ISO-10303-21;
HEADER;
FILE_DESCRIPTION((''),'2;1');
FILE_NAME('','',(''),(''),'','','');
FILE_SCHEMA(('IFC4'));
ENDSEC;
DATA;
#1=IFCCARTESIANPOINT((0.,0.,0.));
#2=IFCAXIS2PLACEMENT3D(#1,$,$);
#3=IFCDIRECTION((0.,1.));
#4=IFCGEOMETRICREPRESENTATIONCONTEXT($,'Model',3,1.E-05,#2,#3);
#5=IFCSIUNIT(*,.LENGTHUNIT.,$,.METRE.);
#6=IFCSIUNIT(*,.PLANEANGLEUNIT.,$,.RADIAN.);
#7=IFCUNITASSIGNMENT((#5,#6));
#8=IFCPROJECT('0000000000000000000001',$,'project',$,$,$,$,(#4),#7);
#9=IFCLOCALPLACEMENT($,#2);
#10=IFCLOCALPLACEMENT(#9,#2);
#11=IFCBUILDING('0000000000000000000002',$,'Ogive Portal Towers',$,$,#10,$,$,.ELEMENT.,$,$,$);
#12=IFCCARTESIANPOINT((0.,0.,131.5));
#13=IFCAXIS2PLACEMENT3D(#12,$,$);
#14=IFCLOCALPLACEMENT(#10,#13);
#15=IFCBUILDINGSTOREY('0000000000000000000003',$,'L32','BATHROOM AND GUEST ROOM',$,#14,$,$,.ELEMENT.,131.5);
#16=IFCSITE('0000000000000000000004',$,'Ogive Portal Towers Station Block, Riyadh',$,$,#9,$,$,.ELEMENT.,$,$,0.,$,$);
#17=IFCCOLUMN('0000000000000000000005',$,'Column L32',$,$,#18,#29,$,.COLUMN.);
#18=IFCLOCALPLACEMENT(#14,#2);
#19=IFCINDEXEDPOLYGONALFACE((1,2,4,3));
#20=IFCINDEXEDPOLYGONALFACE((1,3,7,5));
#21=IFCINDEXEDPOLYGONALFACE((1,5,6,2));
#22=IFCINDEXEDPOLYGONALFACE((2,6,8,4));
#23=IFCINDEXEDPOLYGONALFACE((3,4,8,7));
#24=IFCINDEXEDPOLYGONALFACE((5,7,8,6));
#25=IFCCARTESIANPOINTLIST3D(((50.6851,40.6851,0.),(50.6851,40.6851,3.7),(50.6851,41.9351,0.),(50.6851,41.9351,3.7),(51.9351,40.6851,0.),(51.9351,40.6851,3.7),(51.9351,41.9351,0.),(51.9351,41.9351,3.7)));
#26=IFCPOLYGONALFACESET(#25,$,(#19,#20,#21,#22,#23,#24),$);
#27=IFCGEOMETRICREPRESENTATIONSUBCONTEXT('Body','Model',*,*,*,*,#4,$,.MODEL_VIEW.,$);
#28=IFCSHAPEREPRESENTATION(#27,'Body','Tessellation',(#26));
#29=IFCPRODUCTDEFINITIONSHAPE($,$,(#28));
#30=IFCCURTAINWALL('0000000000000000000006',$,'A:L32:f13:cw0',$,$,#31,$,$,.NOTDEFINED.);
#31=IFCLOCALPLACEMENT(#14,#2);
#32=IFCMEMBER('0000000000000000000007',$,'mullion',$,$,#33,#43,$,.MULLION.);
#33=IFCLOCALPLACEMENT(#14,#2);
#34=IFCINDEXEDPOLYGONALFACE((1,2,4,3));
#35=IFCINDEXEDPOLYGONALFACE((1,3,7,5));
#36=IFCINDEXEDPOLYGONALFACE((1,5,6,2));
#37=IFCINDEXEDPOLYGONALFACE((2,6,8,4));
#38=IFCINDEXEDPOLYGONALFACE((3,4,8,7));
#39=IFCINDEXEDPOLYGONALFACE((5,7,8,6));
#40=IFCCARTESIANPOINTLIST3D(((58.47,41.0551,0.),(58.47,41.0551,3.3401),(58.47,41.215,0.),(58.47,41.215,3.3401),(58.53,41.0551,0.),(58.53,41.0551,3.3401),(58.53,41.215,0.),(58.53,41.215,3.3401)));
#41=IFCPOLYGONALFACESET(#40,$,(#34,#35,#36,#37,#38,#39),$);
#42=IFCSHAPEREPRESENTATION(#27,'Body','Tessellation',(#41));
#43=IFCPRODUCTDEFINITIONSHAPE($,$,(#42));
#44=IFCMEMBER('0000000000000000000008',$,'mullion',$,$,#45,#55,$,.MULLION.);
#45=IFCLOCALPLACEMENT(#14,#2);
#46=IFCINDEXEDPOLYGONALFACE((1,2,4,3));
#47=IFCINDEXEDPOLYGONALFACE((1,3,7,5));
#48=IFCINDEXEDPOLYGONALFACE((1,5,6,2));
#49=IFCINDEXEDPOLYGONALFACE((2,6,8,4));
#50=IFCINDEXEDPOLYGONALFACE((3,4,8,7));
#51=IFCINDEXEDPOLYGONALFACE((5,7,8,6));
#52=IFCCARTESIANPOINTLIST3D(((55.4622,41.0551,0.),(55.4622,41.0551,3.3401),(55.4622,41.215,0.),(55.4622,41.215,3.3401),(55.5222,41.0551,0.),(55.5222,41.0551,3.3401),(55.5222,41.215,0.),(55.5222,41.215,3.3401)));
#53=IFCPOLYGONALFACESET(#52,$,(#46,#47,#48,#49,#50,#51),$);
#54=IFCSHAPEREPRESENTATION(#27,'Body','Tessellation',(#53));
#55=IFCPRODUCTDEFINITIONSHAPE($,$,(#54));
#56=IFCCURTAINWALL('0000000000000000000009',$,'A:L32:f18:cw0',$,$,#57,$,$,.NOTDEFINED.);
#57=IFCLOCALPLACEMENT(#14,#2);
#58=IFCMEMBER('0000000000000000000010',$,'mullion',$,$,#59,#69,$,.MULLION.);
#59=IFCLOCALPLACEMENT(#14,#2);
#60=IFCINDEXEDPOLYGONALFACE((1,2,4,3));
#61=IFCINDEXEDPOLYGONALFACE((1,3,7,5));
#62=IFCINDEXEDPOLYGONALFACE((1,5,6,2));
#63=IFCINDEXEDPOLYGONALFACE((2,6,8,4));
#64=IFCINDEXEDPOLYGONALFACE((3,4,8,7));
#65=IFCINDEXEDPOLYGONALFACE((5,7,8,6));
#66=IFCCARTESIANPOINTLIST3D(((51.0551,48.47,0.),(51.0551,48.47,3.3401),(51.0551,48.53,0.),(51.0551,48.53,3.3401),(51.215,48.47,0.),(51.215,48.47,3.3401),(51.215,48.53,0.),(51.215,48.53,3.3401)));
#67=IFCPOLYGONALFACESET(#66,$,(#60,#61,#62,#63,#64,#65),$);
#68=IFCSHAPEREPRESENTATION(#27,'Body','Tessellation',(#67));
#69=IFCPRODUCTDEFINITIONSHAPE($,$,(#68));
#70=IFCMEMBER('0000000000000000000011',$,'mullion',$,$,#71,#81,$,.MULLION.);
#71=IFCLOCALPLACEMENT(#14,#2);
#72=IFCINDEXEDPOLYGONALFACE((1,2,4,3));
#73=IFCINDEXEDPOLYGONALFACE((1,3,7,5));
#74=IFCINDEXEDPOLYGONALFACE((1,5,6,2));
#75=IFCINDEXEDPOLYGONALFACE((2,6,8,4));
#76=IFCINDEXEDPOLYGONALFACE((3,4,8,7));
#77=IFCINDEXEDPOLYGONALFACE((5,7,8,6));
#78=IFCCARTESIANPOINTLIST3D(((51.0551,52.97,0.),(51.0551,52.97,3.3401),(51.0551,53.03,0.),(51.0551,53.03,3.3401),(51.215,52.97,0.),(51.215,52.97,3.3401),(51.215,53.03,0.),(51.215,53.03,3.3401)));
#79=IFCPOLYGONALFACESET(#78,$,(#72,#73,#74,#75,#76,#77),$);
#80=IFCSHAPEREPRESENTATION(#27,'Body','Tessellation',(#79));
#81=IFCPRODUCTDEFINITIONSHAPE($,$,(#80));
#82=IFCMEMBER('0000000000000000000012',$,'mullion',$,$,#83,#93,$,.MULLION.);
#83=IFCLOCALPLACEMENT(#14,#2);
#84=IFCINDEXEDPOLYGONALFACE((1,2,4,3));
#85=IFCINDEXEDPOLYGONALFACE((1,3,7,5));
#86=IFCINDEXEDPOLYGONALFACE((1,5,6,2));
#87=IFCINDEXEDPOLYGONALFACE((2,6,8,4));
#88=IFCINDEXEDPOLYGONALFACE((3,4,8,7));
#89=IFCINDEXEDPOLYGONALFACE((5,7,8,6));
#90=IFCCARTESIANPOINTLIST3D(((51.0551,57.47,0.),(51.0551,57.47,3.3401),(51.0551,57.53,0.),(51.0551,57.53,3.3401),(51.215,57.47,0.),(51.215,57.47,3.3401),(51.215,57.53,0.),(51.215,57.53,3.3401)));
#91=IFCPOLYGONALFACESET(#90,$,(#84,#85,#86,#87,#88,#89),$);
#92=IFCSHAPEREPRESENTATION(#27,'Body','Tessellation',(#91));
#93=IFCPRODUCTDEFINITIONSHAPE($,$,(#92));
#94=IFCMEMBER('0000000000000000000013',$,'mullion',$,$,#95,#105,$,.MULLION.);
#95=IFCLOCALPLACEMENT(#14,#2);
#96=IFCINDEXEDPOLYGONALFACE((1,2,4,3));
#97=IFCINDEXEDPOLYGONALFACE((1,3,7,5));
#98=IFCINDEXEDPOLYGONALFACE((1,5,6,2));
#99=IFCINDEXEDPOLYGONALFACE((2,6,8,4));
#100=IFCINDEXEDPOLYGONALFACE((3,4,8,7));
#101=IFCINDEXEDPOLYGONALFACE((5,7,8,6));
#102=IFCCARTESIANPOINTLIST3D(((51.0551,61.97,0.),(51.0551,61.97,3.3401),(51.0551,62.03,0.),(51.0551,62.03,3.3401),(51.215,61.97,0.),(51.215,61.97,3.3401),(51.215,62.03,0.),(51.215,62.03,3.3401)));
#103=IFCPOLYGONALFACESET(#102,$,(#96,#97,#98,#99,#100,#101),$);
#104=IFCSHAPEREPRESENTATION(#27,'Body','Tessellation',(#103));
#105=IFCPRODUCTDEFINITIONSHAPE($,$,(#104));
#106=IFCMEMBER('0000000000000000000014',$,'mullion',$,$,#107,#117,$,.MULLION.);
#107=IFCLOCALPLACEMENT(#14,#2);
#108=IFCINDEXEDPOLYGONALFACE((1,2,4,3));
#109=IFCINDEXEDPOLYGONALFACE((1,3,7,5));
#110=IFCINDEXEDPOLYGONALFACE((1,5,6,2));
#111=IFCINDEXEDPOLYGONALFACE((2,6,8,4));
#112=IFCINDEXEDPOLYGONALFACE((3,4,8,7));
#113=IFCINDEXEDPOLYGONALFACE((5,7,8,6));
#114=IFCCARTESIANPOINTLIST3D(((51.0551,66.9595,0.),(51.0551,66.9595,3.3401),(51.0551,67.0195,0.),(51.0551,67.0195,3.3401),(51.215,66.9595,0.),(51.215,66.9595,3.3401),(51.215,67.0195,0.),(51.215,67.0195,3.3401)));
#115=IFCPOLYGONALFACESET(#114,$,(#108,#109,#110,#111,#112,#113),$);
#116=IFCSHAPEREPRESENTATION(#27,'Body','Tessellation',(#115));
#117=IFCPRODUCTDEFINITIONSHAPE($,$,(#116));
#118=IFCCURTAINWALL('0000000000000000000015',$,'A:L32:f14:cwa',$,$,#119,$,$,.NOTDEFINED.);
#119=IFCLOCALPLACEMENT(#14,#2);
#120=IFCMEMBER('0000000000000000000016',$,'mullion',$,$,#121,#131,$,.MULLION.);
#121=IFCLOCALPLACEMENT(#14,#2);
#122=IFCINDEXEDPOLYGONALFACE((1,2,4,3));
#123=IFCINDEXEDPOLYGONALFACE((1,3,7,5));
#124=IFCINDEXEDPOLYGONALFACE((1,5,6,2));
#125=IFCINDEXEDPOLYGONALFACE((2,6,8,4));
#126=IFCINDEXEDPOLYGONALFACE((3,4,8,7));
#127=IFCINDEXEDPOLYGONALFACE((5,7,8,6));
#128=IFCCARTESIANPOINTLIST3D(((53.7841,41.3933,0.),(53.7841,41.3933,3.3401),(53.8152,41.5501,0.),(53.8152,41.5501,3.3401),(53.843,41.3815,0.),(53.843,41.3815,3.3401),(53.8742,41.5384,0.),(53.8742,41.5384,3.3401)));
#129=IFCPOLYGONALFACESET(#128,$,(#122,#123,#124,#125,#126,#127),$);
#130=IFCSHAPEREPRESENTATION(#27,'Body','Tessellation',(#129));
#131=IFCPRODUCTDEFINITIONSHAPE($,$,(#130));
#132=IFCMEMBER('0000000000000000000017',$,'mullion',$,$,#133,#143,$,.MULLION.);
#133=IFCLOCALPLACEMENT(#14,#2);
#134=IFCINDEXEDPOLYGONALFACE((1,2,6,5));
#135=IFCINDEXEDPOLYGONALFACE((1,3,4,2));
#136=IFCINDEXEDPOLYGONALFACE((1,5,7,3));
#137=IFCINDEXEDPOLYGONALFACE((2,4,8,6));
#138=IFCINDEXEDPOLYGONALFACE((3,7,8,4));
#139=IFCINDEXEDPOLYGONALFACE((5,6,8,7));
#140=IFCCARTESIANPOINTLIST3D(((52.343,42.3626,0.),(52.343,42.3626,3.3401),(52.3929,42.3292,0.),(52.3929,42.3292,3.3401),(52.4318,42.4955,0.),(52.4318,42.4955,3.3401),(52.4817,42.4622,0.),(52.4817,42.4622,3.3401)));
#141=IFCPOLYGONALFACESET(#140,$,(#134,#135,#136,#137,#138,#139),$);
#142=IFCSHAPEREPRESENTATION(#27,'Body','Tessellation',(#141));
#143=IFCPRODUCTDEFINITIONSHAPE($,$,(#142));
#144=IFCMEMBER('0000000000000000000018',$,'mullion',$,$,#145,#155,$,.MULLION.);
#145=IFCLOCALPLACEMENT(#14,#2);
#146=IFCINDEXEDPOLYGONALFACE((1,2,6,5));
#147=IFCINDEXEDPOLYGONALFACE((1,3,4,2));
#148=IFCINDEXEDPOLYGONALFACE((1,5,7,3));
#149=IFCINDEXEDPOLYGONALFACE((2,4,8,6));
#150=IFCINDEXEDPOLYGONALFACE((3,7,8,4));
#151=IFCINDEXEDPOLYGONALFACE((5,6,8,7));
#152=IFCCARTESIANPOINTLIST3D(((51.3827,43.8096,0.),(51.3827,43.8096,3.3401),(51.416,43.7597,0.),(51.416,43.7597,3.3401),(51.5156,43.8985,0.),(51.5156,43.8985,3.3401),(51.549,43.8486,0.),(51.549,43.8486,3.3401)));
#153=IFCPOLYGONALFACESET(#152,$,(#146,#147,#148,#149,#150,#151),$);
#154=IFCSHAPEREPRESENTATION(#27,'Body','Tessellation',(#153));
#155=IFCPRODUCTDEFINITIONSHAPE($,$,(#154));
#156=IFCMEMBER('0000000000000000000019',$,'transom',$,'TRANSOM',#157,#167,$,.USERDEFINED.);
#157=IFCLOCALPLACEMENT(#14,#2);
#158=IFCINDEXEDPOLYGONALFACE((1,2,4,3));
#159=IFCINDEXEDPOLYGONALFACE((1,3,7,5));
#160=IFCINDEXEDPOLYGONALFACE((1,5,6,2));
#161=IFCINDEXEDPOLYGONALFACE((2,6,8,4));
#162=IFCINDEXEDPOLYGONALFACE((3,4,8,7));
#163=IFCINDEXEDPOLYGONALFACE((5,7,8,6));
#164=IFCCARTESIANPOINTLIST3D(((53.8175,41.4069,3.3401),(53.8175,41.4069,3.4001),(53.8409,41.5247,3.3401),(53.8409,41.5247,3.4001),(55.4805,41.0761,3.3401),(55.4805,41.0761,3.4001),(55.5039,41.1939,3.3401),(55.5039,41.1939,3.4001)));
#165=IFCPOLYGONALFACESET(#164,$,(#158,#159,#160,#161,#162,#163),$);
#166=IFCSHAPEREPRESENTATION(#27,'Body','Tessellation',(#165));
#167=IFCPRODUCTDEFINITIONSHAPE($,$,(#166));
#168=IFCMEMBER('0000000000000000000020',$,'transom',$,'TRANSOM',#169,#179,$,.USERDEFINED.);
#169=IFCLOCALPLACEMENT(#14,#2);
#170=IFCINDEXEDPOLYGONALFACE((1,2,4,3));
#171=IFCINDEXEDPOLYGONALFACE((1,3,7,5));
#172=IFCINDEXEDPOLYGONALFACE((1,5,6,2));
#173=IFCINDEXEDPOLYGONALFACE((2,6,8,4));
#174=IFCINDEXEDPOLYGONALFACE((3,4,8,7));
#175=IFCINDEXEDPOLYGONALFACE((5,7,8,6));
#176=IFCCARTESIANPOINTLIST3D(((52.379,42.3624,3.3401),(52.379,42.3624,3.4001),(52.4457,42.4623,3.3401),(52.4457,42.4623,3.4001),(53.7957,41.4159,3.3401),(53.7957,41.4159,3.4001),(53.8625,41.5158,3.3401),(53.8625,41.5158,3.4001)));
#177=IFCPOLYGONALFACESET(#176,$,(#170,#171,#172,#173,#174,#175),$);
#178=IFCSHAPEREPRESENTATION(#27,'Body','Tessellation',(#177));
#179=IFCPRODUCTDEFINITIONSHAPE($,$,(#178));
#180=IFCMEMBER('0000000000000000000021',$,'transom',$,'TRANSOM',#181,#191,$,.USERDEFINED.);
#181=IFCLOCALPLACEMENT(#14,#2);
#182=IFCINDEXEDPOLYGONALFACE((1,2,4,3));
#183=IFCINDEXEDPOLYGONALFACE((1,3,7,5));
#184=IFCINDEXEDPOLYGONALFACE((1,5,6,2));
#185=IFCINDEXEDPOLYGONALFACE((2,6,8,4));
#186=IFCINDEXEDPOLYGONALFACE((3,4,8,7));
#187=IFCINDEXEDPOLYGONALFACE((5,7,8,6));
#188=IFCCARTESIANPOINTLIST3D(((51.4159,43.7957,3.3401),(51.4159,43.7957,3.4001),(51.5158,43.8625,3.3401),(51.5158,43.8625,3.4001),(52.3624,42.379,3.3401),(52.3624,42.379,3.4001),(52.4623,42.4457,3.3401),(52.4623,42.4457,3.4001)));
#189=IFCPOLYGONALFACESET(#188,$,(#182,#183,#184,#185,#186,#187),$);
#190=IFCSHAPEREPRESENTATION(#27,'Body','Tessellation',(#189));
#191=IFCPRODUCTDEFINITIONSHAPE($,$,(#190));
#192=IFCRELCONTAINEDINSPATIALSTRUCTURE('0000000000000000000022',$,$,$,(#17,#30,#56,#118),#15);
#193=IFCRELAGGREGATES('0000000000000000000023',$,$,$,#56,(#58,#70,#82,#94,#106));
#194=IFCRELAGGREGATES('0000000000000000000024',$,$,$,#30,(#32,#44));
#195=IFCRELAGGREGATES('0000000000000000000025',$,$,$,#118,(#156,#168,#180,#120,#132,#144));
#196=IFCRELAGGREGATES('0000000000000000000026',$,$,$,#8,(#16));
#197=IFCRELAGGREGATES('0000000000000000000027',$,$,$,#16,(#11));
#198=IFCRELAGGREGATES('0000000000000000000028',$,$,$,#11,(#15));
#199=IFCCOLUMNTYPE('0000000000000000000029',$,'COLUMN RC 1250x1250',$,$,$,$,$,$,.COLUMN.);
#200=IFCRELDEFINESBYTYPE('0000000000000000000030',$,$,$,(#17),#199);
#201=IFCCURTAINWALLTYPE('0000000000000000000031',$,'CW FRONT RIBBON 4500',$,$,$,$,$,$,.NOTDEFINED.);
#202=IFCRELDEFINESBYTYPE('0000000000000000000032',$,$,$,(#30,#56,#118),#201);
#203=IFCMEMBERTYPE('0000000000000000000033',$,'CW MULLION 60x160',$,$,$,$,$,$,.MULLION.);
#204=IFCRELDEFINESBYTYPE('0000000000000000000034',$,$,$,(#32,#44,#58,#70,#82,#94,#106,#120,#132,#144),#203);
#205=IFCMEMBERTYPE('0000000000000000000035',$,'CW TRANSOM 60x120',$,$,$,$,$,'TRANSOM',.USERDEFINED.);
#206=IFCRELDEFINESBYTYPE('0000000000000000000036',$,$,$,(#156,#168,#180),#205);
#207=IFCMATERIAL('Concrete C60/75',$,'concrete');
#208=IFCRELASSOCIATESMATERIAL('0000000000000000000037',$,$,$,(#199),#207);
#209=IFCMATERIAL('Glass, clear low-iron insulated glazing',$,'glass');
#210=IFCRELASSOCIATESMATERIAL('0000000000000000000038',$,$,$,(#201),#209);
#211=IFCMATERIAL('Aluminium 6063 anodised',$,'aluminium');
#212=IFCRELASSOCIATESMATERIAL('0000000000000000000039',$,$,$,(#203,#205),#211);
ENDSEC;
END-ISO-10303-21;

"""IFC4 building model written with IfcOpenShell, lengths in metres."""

from ifc_helpers import new_model, si_unit, direction, frame, origin, origin_2d, place, context, subcontext, project, spatial, rectangle, extrude, material, material_profile, profile_set, type_object, element, aggregate, save


model = new_model("IFC4")

# Units and contexts
model_context = context("Model", 3, precision=1e-05, world=origin(), true_north=direction((0.0, 1.0)))
body_context = subcontext(model_context, "Body", "Model", "MODEL_VIEW")
ifc_project = project(units=[si_unit("LENGTHUNIT", "METRE"), si_unit("PLANEANGLEUNIT", "RADIAN")], contexts=[model_context])

# Site, building, storey
site_placement = place(None, origin())
site = spatial("IfcSite", under=ifc_project, at=site_placement, Name="Ogive Portal Towers Station Block, Riyadh", CompositionType="ELEMENT", RefElevation=0.0)
building_placement = place(site_placement, origin())
building = spatial("IfcBuilding", under=site, at=building_placement, Name="Ogive Portal Towers", CompositionType="ELEMENT")
storey_placement = place(building_placement, frame((0.0, 0.0, 131.5)))
storey = spatial("IfcBuildingStorey", under=building, at=storey_placement, Name="L32", Description="BATHROOM AND GUEST ROOM", CompositionType="ELEMENT", Elevation=131.5)

# Column
ifc_material_1 = material(Name="Concrete C60/75", Category="concrete")
ifc_material_profile_1 = material_profile(ifc_material_1, rectangle(XDim=1.25, YDim=1.25, at=origin_2d()), Name="RC 1250x1250")
ifc_profile_set_1 = profile_set([ifc_material_profile_1], Name="Concrete C60/75")
column_type = type_object("IfcColumnType", Name="COLUMN RC 1250x1250", PredefinedType="COLUMN", material=ifc_profile_set_1)
column_placement = place(storey_placement, frame((51.3101, 41.3101, 0.0), z_axis=(0.0, 0.0, 1.0), x_axis=(1.0, 0.0, 0.0)))
element("IfcColumn", 1, at=column_placement, inside=storey, type_object=column_type, Name="Column L32", PredefinedType="COLUMN", context=body_context, shape_type="SweptSolid", body=[
    extrude(rectangle(XDim=1.25, YDim=1.25, at=origin_2d()), origin(), (0.0, 0.0, 1.0), 3.7),
])

# Curtain walls, members
ifc_material_2 = material(Name="Glass, clear low-iron insulated glazing", Category="glass")
curtain_wall_type = type_object("IfcCurtainWallType", Name="CW FRONT RIBBON 4500", PredefinedType="NOTDEFINED", material=ifc_material_2)
curtain_wall_1_placement = place(storey_placement, origin())
curtain_wall_1 = element("IfcCurtainWall", 2, at=curtain_wall_1_placement, inside=storey, type_object=curtain_wall_type, Name="A:L32:f13:cw0", PredefinedType="NOTDEFINED")
ifc_material_3 = material(Name="Aluminium 6063 anodised", Category="aluminium")
ifc_material_profile_2 = material_profile(ifc_material_3, rectangle(XDim=0.1599, YDim=0.0601, at=origin_2d()), Name="AL 60x160")
ifc_profile_set_2 = profile_set([ifc_material_profile_2], Name="Aluminium 6063 anodised")
member_type_1 = type_object("IfcMemberType", Name="CW MULLION 60x160", PredefinedType="MULLION", material=ifc_profile_set_2)
member_1_placement = place(storey_placement, frame((58.5, 41.135, 0.0), z_axis=(0.0, 0.0, 1.0), x_axis=(0.0, -1.0, 0.0)))
member_1 = element("IfcMember", 3, at=member_1_placement, type_object=member_type_1, Name="mullion", PredefinedType="MULLION", context=body_context, shape_type="SweptSolid", body=[
    extrude(rectangle(XDim=0.1599, YDim=0.0601, at=origin_2d()), origin(), (0.0, 0.0, 1.0), 3.3401),
])
member_2_placement = place(storey_placement, frame((55.4922, 41.135, 0.0), z_axis=(0.0, 0.0, 1.0), x_axis=(0.0, -1.0, 0.0)))
member_2 = element("IfcMember", 4, at=member_2_placement, type_object=member_type_1, Name="mullion", PredefinedType="MULLION", context=body_context, shape_type="SweptSolid", body=[
    extrude(rectangle(XDim=0.1599, YDim=0.0601, at=origin_2d()), origin(), (0.0, 0.0, 1.0), 3.3401),
])
curtain_wall_2_placement = place(storey_placement, origin())
curtain_wall_2 = element("IfcCurtainWall", 5, at=curtain_wall_2_placement, inside=storey, type_object=curtain_wall_type, Name="A:L32:f18:cw0", PredefinedType="NOTDEFINED")
member_3_placement = place(storey_placement, frame((51.135, 48.5, 0.0), z_axis=(0.0, 0.0, 1.0), x_axis=(-1.0, 0.0, 0.0)))
member_3 = element("IfcMember", 6, at=member_3_placement, type_object=member_type_1, Name="mullion", PredefinedType="MULLION", context=body_context, shape_type="SweptSolid", body=[
    extrude(rectangle(XDim=0.1599, YDim=0.0601, at=origin_2d()), origin(), (0.0, 0.0, 1.0), 3.3401),
])
member_4_placement = place(storey_placement, frame((51.135, 53.0, 0.0), z_axis=(0.0, 0.0, 1.0), x_axis=(-1.0, 0.0, 0.0)))
member_4 = element("IfcMember", 7, at=member_4_placement, type_object=member_type_1, Name="mullion", PredefinedType="MULLION", context=body_context, shape_type="SweptSolid", body=[
    extrude(rectangle(XDim=0.1599, YDim=0.0601, at=origin_2d()), origin(), (0.0, 0.0, 1.0), 3.3401),
])
member_5_placement = place(storey_placement, frame((51.135, 57.5, 0.0), z_axis=(0.0, 0.0, 1.0), x_axis=(-1.0, 0.0, 0.0)))
member_5 = element("IfcMember", 8, at=member_5_placement, type_object=member_type_1, Name="mullion", PredefinedType="MULLION", context=body_context, shape_type="SweptSolid", body=[
    extrude(rectangle(XDim=0.1599, YDim=0.0601, at=origin_2d()), origin(), (0.0, 0.0, 1.0), 3.3401),
])
member_6_placement = place(storey_placement, frame((51.135, 62.0, 0.0), z_axis=(0.0, 0.0, 1.0), x_axis=(-1.0, 0.0, 0.0)))
member_6 = element("IfcMember", 9, at=member_6_placement, type_object=member_type_1, Name="mullion", PredefinedType="MULLION", context=body_context, shape_type="SweptSolid", body=[
    extrude(rectangle(XDim=0.1599, YDim=0.0601, at=origin_2d()), origin(), (0.0, 0.0, 1.0), 3.3401),
])
member_7_placement = place(storey_placement, frame((51.135, 66.9895, 0.0), z_axis=(0.0, 0.0, 1.0), x_axis=(-1.0, 0.0, 0.0)))
member_7 = element("IfcMember", 10, at=member_7_placement, type_object=member_type_1, Name="mullion", PredefinedType="MULLION", context=body_context, shape_type="SweptSolid", body=[
    extrude(rectangle(XDim=0.1599, YDim=0.0601, at=origin_2d()), origin(), (0.0, 0.0, 1.0), 3.3401),
])
aggregate(curtain_wall_2, [member_3, member_4, member_5, member_6, member_7])
curtain_wall_3_placement = place(storey_placement, origin())
curtain_wall_3 = element("IfcCurtainWall", 11, at=curtain_wall_3_placement, inside=storey, type_object=curtain_wall_type, Name="A:L32:f14:cwa", PredefinedType="NOTDEFINED")
member_8_placement = place(storey_placement, frame((53.8291, 41.4658, 0.0), z_axis=(0.0, 0.0, 1.0), x_axis=(-0.19509, -0.980785, 0.0)))
member_8 = element("IfcMember", 12, at=member_8_placement, type_object=member_type_1, Name="mullion", PredefinedType="MULLION", context=body_context, shape_type="SweptSolid", body=[
    extrude(rectangle(XDim=0.1599, YDim=0.0601, at=origin_2d()), origin(), (0.0, 0.0, 1.0), 3.3401),
])
member_9_placement = place(storey_placement, frame((52.4124, 42.4124, 0.0), z_axis=(0.0, 0.0, 1.0), x_axis=(-0.55557, -0.83147, 0.0)))
member_9 = element("IfcMember", 13, at=member_9_placement, type_object=member_type_1, Name="mullion", PredefinedType="MULLION", context=body_context, shape_type="SweptSolid", body=[
    extrude(rectangle(XDim=0.1599, YDim=0.0601, at=origin_2d()), origin(), (0.0, 0.0, 1.0), 3.3401),
])
member_10_placement = place(storey_placement, frame((51.4658, 43.8291, 0.0), z_axis=(0.0, 0.0, 1.0), x_axis=(-0.83147, -0.55557, 0.0)))
member_10 = element("IfcMember", 14, at=member_10_placement, type_object=member_type_1, Name="mullion", PredefinedType="MULLION", context=body_context, shape_type="SweptSolid", body=[
    extrude(rectangle(XDim=0.1599, YDim=0.0601, at=origin_2d()), origin(), (0.0, 0.0, 1.0), 3.3401),
])
ifc_material_profile_3 = material_profile(ifc_material_3, rectangle(XDim=0.1201, YDim=0.0601, at=origin_2d()), Name="AL 120x60")
ifc_profile_set_3 = profile_set([ifc_material_profile_3], Name="Aluminium 6063 anodised")
member_type_2 = type_object("IfcMemberType", Name="CW TRANSOM 60x120", ElementType="TRANSOM", PredefinedType="USERDEFINED", material=ifc_profile_set_3)
member_11_placement = place(storey_placement, frame((55.4922, 41.135, 3.3701), z_axis=(-0.980785, 0.195092, 0.0), x_axis=(-0.195092, -0.980785, 0.0)))
member_11 = element("IfcMember", 15, at=member_11_placement, type_object=member_type_2, Name="transom", ObjectType="TRANSOM", PredefinedType="USERDEFINED", context=body_context, shape_type="SweptSolid", body=[
    extrude(rectangle(XDim=0.1201, YDim=0.0601, at=origin_2d()), origin(), (0.0, 0.0, 1.0), 1.6956),
])
member_12_placement = place(storey_placement, frame((53.8291, 41.4658, 3.3701), z_axis=(-0.831499, 0.555527, 0.0), x_axis=(-0.555527, -0.831499, 0.0)))
member_12 = element("IfcMember", 16, at=member_12_placement, type_object=member_type_2, Name="transom", ObjectType="TRANSOM", PredefinedType="USERDEFINED", context=body_context, shape_type="SweptSolid", body=[
    extrude(rectangle(XDim=0.1201, YDim=0.0601, at=origin_2d()), origin(), (0.0, 0.0, 1.0), 1.7039),
])
member_13_placement = place(storey_placement, frame((52.4124, 42.4124, 3.3701), z_axis=(-0.555527, 0.831499, 0.0), x_axis=(-0.831499, -0.555527, 0.0)))
member_13 = element("IfcMember", 17, at=member_13_placement, type_object=member_type_2, Name="transom", ObjectType="TRANSOM", PredefinedType="USERDEFINED", context=body_context, shape_type="SweptSolid", body=[
    extrude(rectangle(XDim=0.1201, YDim=0.0601, at=origin_2d()), origin(), (0.0, 0.0, 1.0), 1.7039),
])

aggregate(curtain_wall_1, [member_1, member_2])
aggregate(curtain_wall_3, [member_11, member_12, member_13, member_8, member_9, member_10])

save(model, "model.ifc")
